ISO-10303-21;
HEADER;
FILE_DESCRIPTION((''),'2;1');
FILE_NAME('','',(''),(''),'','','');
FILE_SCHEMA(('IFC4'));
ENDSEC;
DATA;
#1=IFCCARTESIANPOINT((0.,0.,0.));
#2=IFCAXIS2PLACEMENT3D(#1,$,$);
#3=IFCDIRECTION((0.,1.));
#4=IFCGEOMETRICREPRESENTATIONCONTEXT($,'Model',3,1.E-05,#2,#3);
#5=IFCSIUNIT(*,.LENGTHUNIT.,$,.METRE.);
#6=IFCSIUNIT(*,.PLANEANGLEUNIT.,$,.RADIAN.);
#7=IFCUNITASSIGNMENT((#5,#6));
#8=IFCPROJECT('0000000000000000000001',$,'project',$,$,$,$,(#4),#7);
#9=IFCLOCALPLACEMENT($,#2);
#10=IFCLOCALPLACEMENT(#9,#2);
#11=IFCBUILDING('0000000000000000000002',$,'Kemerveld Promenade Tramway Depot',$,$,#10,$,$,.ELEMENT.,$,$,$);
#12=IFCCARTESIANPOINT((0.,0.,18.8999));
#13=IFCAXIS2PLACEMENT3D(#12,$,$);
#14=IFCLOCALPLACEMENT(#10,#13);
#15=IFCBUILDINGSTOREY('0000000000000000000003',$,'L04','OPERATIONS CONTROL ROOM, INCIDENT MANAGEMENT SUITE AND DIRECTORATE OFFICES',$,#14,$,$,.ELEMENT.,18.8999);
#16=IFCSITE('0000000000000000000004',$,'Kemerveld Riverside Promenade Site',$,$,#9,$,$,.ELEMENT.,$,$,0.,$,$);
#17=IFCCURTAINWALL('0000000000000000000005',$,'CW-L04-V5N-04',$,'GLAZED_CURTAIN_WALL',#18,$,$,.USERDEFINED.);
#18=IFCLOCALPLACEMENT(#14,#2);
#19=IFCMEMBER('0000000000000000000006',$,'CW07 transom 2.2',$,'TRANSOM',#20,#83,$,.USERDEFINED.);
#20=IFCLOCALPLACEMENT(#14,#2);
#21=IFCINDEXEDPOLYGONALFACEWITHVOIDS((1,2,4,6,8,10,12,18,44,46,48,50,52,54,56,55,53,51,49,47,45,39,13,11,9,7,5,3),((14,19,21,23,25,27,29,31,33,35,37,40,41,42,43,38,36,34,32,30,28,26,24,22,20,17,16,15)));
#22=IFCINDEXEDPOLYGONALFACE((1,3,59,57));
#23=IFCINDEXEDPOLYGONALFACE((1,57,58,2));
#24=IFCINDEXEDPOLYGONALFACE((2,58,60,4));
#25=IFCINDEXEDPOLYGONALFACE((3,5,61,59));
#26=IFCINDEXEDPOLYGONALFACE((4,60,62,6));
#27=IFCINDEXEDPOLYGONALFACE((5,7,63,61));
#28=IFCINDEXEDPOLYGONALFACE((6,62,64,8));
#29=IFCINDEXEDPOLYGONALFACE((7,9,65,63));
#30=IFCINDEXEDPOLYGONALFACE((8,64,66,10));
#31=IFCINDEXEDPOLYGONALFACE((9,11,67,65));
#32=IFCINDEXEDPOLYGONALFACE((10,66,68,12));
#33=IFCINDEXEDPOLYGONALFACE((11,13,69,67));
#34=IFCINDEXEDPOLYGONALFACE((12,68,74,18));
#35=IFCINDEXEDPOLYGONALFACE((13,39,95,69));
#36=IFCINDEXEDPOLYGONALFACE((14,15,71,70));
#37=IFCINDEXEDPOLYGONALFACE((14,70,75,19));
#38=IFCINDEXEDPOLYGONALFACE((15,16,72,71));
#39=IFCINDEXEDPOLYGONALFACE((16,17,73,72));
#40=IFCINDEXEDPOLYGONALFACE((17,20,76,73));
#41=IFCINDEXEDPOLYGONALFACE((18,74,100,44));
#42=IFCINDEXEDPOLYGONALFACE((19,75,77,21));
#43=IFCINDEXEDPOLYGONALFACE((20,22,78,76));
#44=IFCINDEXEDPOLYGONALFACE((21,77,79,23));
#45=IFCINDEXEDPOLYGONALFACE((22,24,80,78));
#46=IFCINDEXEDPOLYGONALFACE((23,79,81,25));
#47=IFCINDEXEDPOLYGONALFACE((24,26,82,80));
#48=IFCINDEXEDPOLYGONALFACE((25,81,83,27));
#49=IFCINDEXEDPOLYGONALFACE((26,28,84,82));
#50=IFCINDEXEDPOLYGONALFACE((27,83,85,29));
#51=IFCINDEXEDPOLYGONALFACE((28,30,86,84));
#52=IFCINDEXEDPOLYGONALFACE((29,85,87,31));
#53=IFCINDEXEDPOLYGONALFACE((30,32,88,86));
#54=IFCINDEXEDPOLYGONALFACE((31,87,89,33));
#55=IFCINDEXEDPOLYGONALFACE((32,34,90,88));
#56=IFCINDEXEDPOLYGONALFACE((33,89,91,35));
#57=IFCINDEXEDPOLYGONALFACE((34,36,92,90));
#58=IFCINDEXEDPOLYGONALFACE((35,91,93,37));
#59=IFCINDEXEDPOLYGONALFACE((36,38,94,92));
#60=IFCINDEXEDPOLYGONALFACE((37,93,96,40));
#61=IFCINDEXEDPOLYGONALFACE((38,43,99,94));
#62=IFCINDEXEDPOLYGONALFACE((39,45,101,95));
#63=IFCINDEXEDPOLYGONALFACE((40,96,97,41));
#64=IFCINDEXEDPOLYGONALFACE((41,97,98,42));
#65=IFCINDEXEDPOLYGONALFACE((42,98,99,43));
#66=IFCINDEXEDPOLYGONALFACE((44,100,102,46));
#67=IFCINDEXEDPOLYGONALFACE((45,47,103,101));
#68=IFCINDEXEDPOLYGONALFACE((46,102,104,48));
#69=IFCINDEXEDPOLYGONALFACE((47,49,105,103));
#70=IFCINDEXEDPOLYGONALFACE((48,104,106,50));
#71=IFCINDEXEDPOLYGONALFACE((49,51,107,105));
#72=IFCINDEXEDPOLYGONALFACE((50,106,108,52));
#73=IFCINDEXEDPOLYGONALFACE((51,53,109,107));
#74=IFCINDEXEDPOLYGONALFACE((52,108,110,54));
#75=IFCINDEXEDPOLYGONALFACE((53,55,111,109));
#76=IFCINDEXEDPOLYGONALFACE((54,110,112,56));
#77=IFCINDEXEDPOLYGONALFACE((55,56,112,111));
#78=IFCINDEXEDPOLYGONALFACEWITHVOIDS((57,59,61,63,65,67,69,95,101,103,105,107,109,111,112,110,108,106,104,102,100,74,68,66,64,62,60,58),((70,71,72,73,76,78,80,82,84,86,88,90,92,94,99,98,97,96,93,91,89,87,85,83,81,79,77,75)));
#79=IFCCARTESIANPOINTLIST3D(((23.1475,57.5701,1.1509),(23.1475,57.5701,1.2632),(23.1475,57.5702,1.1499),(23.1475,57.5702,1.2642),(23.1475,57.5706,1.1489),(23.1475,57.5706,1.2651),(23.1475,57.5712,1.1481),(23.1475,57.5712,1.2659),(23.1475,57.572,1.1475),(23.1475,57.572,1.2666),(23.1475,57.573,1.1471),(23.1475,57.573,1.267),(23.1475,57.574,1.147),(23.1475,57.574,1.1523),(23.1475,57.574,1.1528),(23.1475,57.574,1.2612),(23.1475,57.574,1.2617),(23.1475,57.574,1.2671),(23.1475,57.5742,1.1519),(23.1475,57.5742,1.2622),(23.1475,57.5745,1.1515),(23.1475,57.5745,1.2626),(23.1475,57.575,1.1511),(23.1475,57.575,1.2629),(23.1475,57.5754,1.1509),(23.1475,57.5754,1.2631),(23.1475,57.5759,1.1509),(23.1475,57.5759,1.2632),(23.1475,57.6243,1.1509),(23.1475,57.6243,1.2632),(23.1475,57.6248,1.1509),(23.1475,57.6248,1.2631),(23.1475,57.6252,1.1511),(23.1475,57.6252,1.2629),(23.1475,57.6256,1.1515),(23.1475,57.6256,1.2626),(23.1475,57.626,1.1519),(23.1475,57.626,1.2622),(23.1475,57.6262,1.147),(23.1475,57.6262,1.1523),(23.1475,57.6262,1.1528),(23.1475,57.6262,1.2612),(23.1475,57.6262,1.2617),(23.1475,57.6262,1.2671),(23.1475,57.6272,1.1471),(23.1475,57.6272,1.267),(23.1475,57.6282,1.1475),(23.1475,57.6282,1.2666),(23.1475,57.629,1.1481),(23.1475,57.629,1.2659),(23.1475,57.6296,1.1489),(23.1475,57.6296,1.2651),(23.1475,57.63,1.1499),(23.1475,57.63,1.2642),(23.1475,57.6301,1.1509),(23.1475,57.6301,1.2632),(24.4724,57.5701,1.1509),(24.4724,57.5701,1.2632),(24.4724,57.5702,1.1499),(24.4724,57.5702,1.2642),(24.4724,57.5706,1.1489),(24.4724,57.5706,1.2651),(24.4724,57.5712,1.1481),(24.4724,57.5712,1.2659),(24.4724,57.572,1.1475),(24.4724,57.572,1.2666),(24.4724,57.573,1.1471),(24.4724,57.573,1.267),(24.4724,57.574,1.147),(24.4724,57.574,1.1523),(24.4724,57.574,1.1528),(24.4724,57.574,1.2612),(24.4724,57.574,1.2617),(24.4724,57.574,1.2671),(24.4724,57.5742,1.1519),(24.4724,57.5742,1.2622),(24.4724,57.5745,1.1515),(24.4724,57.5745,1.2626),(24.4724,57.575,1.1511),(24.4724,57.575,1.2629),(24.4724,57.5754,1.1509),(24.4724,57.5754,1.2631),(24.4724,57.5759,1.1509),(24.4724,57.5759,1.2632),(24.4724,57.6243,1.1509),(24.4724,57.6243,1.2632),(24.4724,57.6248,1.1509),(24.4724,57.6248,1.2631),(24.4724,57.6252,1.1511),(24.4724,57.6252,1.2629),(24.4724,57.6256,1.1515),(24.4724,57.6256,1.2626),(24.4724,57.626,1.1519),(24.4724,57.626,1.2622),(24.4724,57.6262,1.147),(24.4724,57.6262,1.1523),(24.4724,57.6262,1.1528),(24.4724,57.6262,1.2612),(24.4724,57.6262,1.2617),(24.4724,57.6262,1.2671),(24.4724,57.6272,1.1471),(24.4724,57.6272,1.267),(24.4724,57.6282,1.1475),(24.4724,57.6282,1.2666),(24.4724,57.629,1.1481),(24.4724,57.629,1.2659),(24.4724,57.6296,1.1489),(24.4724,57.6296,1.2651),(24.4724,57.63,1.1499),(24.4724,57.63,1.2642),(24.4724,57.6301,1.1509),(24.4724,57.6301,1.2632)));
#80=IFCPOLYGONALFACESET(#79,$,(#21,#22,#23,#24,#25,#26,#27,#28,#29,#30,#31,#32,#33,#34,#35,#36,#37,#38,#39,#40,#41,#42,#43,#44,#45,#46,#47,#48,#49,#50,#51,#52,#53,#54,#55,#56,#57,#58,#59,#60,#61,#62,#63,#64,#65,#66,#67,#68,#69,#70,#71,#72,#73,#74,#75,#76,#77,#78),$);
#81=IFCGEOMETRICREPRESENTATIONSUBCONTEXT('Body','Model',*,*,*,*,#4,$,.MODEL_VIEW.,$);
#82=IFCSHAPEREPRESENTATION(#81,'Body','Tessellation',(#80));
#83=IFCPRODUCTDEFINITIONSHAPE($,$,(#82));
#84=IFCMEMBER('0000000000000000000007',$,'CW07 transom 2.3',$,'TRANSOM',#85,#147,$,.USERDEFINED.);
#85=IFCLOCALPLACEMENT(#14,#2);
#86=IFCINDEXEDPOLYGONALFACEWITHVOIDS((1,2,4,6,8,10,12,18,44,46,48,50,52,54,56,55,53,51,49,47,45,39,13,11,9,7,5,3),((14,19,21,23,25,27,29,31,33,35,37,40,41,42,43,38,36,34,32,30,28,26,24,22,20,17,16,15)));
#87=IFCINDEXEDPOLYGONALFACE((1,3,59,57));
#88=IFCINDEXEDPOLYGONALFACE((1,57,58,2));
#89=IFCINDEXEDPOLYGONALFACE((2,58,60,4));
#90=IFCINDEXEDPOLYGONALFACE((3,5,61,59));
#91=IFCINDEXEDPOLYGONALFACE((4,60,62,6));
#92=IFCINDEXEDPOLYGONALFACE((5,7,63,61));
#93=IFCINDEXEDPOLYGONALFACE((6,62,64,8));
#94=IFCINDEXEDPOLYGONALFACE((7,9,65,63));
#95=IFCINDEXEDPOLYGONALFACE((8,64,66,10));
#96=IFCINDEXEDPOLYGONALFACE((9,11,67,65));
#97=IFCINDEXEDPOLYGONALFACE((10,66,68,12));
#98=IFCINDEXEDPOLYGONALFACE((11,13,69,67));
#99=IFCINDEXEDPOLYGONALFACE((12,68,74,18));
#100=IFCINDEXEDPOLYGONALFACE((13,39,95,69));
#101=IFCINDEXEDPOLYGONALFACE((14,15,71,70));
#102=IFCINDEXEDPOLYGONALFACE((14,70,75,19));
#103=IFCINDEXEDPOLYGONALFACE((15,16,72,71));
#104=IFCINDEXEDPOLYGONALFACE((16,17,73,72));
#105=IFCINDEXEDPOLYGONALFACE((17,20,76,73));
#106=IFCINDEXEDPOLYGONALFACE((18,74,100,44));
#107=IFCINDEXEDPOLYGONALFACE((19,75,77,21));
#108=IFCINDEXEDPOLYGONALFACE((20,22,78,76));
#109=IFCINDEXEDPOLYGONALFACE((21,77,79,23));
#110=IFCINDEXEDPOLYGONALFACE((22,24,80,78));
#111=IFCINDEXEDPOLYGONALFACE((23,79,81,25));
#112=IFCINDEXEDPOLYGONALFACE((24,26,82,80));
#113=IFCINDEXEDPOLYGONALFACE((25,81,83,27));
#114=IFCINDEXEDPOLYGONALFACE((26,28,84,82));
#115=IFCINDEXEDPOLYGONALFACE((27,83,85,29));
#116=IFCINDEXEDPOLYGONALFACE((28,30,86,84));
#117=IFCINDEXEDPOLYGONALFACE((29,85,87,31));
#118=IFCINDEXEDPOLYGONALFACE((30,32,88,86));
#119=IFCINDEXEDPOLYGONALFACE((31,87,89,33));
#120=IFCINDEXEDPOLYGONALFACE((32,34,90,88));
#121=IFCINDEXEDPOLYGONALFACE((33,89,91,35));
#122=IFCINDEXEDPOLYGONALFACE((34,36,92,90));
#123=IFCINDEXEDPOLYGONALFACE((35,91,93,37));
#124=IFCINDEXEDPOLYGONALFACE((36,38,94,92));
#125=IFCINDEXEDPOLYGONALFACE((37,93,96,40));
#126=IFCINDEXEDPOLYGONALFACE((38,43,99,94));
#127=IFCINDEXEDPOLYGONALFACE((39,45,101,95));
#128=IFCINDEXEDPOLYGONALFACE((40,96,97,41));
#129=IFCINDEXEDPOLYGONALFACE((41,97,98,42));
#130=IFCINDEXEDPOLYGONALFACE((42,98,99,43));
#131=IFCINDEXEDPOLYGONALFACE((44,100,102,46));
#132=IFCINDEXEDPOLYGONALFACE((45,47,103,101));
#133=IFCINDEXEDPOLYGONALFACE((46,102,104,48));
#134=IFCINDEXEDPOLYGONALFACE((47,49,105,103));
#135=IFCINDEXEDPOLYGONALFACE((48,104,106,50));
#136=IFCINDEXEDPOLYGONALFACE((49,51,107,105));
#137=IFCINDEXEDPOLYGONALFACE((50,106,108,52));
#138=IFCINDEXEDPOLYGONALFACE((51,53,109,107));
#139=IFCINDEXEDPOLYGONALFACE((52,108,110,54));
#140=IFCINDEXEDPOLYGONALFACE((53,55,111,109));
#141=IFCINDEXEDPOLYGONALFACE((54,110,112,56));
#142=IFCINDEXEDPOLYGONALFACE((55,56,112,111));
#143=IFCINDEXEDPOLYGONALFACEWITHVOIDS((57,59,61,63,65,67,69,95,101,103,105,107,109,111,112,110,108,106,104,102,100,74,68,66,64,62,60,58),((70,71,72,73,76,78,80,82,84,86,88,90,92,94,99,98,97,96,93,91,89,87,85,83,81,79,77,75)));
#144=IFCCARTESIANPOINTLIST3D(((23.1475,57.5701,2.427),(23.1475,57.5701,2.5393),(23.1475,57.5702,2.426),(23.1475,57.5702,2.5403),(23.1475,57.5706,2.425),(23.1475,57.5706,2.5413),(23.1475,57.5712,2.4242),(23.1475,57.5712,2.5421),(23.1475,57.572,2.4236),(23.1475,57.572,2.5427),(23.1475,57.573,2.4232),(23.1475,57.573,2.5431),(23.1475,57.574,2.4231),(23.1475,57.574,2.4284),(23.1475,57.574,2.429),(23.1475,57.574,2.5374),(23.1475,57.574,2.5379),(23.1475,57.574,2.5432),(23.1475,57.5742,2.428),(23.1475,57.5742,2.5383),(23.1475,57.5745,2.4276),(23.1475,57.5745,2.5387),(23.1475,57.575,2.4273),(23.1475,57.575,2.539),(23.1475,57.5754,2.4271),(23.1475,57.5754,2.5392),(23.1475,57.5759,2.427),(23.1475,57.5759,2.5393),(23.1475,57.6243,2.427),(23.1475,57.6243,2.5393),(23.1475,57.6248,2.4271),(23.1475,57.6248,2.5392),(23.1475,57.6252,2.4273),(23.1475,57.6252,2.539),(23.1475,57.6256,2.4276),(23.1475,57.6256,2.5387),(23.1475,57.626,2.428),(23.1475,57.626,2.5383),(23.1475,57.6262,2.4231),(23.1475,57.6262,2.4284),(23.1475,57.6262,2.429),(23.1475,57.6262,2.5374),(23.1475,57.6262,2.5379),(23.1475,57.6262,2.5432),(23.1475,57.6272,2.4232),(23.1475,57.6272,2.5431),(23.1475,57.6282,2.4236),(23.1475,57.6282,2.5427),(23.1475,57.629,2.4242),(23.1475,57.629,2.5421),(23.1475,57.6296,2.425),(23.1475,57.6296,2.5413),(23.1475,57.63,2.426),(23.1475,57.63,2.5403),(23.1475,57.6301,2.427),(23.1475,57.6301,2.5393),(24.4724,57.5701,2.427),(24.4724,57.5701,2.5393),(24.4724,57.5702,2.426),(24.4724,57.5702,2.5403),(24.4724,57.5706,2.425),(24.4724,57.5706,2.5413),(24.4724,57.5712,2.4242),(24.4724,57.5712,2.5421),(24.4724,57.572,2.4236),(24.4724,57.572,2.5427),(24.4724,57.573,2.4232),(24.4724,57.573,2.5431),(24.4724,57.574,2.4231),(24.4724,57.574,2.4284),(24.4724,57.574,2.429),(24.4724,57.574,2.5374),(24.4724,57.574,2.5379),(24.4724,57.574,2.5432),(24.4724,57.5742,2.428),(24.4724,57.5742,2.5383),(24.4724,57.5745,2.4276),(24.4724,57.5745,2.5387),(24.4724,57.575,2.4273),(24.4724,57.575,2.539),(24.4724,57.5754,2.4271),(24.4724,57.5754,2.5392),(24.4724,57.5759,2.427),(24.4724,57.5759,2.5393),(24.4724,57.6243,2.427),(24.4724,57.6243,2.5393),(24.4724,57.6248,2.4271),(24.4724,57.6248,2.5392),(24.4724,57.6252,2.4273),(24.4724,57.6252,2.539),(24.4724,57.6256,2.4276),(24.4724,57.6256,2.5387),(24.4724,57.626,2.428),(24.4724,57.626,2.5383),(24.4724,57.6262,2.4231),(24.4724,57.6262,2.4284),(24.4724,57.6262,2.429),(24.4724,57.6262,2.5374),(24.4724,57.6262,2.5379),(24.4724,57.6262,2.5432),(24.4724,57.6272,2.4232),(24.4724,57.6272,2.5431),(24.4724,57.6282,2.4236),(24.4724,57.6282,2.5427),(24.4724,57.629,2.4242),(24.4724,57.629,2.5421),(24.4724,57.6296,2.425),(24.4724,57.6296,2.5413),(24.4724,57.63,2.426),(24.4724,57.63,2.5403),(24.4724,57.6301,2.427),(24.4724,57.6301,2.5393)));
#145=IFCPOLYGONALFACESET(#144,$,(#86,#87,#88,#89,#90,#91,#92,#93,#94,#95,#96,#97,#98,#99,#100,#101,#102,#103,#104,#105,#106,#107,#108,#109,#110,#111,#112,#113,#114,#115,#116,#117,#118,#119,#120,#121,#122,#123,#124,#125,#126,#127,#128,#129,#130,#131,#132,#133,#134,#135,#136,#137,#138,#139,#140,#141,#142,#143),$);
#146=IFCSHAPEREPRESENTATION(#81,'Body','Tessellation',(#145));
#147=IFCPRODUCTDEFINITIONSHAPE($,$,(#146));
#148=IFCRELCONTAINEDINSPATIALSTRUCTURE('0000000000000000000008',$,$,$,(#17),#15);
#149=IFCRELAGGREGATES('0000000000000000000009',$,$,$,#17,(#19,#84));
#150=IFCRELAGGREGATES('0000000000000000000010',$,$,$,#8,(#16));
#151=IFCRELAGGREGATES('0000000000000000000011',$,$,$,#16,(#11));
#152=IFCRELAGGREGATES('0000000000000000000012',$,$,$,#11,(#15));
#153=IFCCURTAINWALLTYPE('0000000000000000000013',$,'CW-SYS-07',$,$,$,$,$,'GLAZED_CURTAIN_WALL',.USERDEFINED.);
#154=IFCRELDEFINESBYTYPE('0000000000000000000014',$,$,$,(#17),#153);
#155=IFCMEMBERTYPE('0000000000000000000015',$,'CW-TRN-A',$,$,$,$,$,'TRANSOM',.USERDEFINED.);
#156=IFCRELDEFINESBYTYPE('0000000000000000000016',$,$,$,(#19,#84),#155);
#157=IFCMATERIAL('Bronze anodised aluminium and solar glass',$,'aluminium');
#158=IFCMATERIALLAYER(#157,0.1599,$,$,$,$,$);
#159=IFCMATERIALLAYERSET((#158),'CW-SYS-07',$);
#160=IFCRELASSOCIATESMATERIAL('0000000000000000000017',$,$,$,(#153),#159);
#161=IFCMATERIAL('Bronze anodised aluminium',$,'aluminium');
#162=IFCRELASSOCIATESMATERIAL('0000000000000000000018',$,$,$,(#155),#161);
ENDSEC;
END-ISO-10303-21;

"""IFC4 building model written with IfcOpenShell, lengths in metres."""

from ifc_helpers import new_model, si_unit, direction, frame, origin, origin_2d, place, context, subcontext, project, spatial, hollow_rectangle, extrude, material, layer, layer_set, material_profile, profile_set, type_object, element, aggregate, save


model = new_model("IFC4")

# Units and contexts
model_context = context("Model", 3, precision=1e-05, world=origin(), true_north=direction((0.0, 1.0)))
body_context = subcontext(model_context, "Body", "Model", "MODEL_VIEW")
ifc_project = project(units=[si_unit("LENGTHUNIT", "METRE"), si_unit("PLANEANGLEUNIT", "RADIAN")], contexts=[model_context])

# Site, building, storey
site_placement = place(None, origin())
site = spatial("IfcSite", under=ifc_project, at=site_placement, Name="Kemerveld Riverside Promenade Site", CompositionType="ELEMENT", RefElevation=0.0)
building_placement = place(site_placement, origin())
building = spatial("IfcBuilding", under=site, at=building_placement, Name="Kemerveld Promenade Tramway Depot", CompositionType="ELEMENT")
storey_placement = place(building_placement, frame((0.0, 0.0, 18.8999)))
storey = spatial("IfcBuildingStorey", under=building, at=storey_placement, Name="L04", Description="OPERATIONS CONTROL ROOM, INCIDENT MANAGEMENT SUITE AND DIRECTORATE OFFICES", CompositionType="ELEMENT", Elevation=18.8999)

# Curtain wall, members
ifc_material_1 = material(Name="Bronze anodised aluminium and solar glass", Category="aluminium")
ifc_layer_1 = layer(ifc_material_1, 0.1599)
ifc_layer_set_1 = layer_set([ifc_layer_1], Name="CW-SYS-07")
curtain_wall_type = type_object("IfcCurtainWallType", Name="CW-SYS-07", ElementType="GLAZED_CURTAIN_WALL", PredefinedType="USERDEFINED", material=ifc_layer_set_1)
curtain_wall_placement = place(storey_placement, origin())
curtain_wall = element("IfcCurtainWall", 1, at=curtain_wall_placement, inside=storey, type_object=curtain_wall_type, Name="CW-L04-V5N-04", ObjectType="GLAZED_CURTAIN_WALL", PredefinedType="USERDEFINED")
ifc_material_2 = material(Name="Bronze anodised aluminium", Category="aluminium")
ifc_material_profile_1 = material_profile(ifc_material_2, hollow_rectangle(XDim=0.0601, YDim=0.1201, WallThickness=0.0039, InnerFilletRadius=0.002, OuterFilletRadius=0.0039, at=origin_2d()), Name="CW-TRN-120x60")
ifc_profile_set_1 = profile_set([ifc_material_profile_1], Name="Bronze anodised aluminium")
member_type_1 = type_object("IfcMemberType", Name="CW-TRN-A", ElementType="TRANSOM", PredefinedType="USERDEFINED", material=ifc_profile_set_1)
member_1_placement = place(storey_placement, frame((23.1475, 57.6001, 1.207), z_axis=(1.0, 0.0, 0.0), x_axis=(0.0, 1.0, 0.0)))
member_1 = element("IfcMember", 2, at=member_1_placement, type_object=member_type_1, Name="CW07 transom 2.2", ObjectType="TRANSOM", PredefinedType="USERDEFINED", context=body_context, shape_type="SweptSolid", body=[
    extrude(hollow_rectangle(XDim=0.0601, YDim=0.1201, WallThickness=0.0039, InnerFilletRadius=0.002, OuterFilletRadius=0.0039, at=origin_2d()), origin(), (0.0, 0.0, 1.0), 1.325),
])
member_2_placement = place(storey_placement, frame((23.1475, 57.6001, 2.4832), z_axis=(1.0, 0.0, 0.0), x_axis=(0.0, 1.0, 0.0)))
member_2 = element("IfcMember", 3, at=member_2_placement, type_object=member_type_1, Name="CW07 transom 2.3", ObjectType="TRANSOM", PredefinedType="USERDEFINED", context=body_context, shape_type="SweptSolid", body=[
    extrude(hollow_rectangle(XDim=0.0601, YDim=0.1201, WallThickness=0.0039, InnerFilletRadius=0.002, OuterFilletRadius=0.0039, at=origin_2d()), origin(), (0.0, 0.0, 1.0), 1.325),
])
aggregate(curtain_wall, [member_1, member_2])

save(model, "model.ifc")
